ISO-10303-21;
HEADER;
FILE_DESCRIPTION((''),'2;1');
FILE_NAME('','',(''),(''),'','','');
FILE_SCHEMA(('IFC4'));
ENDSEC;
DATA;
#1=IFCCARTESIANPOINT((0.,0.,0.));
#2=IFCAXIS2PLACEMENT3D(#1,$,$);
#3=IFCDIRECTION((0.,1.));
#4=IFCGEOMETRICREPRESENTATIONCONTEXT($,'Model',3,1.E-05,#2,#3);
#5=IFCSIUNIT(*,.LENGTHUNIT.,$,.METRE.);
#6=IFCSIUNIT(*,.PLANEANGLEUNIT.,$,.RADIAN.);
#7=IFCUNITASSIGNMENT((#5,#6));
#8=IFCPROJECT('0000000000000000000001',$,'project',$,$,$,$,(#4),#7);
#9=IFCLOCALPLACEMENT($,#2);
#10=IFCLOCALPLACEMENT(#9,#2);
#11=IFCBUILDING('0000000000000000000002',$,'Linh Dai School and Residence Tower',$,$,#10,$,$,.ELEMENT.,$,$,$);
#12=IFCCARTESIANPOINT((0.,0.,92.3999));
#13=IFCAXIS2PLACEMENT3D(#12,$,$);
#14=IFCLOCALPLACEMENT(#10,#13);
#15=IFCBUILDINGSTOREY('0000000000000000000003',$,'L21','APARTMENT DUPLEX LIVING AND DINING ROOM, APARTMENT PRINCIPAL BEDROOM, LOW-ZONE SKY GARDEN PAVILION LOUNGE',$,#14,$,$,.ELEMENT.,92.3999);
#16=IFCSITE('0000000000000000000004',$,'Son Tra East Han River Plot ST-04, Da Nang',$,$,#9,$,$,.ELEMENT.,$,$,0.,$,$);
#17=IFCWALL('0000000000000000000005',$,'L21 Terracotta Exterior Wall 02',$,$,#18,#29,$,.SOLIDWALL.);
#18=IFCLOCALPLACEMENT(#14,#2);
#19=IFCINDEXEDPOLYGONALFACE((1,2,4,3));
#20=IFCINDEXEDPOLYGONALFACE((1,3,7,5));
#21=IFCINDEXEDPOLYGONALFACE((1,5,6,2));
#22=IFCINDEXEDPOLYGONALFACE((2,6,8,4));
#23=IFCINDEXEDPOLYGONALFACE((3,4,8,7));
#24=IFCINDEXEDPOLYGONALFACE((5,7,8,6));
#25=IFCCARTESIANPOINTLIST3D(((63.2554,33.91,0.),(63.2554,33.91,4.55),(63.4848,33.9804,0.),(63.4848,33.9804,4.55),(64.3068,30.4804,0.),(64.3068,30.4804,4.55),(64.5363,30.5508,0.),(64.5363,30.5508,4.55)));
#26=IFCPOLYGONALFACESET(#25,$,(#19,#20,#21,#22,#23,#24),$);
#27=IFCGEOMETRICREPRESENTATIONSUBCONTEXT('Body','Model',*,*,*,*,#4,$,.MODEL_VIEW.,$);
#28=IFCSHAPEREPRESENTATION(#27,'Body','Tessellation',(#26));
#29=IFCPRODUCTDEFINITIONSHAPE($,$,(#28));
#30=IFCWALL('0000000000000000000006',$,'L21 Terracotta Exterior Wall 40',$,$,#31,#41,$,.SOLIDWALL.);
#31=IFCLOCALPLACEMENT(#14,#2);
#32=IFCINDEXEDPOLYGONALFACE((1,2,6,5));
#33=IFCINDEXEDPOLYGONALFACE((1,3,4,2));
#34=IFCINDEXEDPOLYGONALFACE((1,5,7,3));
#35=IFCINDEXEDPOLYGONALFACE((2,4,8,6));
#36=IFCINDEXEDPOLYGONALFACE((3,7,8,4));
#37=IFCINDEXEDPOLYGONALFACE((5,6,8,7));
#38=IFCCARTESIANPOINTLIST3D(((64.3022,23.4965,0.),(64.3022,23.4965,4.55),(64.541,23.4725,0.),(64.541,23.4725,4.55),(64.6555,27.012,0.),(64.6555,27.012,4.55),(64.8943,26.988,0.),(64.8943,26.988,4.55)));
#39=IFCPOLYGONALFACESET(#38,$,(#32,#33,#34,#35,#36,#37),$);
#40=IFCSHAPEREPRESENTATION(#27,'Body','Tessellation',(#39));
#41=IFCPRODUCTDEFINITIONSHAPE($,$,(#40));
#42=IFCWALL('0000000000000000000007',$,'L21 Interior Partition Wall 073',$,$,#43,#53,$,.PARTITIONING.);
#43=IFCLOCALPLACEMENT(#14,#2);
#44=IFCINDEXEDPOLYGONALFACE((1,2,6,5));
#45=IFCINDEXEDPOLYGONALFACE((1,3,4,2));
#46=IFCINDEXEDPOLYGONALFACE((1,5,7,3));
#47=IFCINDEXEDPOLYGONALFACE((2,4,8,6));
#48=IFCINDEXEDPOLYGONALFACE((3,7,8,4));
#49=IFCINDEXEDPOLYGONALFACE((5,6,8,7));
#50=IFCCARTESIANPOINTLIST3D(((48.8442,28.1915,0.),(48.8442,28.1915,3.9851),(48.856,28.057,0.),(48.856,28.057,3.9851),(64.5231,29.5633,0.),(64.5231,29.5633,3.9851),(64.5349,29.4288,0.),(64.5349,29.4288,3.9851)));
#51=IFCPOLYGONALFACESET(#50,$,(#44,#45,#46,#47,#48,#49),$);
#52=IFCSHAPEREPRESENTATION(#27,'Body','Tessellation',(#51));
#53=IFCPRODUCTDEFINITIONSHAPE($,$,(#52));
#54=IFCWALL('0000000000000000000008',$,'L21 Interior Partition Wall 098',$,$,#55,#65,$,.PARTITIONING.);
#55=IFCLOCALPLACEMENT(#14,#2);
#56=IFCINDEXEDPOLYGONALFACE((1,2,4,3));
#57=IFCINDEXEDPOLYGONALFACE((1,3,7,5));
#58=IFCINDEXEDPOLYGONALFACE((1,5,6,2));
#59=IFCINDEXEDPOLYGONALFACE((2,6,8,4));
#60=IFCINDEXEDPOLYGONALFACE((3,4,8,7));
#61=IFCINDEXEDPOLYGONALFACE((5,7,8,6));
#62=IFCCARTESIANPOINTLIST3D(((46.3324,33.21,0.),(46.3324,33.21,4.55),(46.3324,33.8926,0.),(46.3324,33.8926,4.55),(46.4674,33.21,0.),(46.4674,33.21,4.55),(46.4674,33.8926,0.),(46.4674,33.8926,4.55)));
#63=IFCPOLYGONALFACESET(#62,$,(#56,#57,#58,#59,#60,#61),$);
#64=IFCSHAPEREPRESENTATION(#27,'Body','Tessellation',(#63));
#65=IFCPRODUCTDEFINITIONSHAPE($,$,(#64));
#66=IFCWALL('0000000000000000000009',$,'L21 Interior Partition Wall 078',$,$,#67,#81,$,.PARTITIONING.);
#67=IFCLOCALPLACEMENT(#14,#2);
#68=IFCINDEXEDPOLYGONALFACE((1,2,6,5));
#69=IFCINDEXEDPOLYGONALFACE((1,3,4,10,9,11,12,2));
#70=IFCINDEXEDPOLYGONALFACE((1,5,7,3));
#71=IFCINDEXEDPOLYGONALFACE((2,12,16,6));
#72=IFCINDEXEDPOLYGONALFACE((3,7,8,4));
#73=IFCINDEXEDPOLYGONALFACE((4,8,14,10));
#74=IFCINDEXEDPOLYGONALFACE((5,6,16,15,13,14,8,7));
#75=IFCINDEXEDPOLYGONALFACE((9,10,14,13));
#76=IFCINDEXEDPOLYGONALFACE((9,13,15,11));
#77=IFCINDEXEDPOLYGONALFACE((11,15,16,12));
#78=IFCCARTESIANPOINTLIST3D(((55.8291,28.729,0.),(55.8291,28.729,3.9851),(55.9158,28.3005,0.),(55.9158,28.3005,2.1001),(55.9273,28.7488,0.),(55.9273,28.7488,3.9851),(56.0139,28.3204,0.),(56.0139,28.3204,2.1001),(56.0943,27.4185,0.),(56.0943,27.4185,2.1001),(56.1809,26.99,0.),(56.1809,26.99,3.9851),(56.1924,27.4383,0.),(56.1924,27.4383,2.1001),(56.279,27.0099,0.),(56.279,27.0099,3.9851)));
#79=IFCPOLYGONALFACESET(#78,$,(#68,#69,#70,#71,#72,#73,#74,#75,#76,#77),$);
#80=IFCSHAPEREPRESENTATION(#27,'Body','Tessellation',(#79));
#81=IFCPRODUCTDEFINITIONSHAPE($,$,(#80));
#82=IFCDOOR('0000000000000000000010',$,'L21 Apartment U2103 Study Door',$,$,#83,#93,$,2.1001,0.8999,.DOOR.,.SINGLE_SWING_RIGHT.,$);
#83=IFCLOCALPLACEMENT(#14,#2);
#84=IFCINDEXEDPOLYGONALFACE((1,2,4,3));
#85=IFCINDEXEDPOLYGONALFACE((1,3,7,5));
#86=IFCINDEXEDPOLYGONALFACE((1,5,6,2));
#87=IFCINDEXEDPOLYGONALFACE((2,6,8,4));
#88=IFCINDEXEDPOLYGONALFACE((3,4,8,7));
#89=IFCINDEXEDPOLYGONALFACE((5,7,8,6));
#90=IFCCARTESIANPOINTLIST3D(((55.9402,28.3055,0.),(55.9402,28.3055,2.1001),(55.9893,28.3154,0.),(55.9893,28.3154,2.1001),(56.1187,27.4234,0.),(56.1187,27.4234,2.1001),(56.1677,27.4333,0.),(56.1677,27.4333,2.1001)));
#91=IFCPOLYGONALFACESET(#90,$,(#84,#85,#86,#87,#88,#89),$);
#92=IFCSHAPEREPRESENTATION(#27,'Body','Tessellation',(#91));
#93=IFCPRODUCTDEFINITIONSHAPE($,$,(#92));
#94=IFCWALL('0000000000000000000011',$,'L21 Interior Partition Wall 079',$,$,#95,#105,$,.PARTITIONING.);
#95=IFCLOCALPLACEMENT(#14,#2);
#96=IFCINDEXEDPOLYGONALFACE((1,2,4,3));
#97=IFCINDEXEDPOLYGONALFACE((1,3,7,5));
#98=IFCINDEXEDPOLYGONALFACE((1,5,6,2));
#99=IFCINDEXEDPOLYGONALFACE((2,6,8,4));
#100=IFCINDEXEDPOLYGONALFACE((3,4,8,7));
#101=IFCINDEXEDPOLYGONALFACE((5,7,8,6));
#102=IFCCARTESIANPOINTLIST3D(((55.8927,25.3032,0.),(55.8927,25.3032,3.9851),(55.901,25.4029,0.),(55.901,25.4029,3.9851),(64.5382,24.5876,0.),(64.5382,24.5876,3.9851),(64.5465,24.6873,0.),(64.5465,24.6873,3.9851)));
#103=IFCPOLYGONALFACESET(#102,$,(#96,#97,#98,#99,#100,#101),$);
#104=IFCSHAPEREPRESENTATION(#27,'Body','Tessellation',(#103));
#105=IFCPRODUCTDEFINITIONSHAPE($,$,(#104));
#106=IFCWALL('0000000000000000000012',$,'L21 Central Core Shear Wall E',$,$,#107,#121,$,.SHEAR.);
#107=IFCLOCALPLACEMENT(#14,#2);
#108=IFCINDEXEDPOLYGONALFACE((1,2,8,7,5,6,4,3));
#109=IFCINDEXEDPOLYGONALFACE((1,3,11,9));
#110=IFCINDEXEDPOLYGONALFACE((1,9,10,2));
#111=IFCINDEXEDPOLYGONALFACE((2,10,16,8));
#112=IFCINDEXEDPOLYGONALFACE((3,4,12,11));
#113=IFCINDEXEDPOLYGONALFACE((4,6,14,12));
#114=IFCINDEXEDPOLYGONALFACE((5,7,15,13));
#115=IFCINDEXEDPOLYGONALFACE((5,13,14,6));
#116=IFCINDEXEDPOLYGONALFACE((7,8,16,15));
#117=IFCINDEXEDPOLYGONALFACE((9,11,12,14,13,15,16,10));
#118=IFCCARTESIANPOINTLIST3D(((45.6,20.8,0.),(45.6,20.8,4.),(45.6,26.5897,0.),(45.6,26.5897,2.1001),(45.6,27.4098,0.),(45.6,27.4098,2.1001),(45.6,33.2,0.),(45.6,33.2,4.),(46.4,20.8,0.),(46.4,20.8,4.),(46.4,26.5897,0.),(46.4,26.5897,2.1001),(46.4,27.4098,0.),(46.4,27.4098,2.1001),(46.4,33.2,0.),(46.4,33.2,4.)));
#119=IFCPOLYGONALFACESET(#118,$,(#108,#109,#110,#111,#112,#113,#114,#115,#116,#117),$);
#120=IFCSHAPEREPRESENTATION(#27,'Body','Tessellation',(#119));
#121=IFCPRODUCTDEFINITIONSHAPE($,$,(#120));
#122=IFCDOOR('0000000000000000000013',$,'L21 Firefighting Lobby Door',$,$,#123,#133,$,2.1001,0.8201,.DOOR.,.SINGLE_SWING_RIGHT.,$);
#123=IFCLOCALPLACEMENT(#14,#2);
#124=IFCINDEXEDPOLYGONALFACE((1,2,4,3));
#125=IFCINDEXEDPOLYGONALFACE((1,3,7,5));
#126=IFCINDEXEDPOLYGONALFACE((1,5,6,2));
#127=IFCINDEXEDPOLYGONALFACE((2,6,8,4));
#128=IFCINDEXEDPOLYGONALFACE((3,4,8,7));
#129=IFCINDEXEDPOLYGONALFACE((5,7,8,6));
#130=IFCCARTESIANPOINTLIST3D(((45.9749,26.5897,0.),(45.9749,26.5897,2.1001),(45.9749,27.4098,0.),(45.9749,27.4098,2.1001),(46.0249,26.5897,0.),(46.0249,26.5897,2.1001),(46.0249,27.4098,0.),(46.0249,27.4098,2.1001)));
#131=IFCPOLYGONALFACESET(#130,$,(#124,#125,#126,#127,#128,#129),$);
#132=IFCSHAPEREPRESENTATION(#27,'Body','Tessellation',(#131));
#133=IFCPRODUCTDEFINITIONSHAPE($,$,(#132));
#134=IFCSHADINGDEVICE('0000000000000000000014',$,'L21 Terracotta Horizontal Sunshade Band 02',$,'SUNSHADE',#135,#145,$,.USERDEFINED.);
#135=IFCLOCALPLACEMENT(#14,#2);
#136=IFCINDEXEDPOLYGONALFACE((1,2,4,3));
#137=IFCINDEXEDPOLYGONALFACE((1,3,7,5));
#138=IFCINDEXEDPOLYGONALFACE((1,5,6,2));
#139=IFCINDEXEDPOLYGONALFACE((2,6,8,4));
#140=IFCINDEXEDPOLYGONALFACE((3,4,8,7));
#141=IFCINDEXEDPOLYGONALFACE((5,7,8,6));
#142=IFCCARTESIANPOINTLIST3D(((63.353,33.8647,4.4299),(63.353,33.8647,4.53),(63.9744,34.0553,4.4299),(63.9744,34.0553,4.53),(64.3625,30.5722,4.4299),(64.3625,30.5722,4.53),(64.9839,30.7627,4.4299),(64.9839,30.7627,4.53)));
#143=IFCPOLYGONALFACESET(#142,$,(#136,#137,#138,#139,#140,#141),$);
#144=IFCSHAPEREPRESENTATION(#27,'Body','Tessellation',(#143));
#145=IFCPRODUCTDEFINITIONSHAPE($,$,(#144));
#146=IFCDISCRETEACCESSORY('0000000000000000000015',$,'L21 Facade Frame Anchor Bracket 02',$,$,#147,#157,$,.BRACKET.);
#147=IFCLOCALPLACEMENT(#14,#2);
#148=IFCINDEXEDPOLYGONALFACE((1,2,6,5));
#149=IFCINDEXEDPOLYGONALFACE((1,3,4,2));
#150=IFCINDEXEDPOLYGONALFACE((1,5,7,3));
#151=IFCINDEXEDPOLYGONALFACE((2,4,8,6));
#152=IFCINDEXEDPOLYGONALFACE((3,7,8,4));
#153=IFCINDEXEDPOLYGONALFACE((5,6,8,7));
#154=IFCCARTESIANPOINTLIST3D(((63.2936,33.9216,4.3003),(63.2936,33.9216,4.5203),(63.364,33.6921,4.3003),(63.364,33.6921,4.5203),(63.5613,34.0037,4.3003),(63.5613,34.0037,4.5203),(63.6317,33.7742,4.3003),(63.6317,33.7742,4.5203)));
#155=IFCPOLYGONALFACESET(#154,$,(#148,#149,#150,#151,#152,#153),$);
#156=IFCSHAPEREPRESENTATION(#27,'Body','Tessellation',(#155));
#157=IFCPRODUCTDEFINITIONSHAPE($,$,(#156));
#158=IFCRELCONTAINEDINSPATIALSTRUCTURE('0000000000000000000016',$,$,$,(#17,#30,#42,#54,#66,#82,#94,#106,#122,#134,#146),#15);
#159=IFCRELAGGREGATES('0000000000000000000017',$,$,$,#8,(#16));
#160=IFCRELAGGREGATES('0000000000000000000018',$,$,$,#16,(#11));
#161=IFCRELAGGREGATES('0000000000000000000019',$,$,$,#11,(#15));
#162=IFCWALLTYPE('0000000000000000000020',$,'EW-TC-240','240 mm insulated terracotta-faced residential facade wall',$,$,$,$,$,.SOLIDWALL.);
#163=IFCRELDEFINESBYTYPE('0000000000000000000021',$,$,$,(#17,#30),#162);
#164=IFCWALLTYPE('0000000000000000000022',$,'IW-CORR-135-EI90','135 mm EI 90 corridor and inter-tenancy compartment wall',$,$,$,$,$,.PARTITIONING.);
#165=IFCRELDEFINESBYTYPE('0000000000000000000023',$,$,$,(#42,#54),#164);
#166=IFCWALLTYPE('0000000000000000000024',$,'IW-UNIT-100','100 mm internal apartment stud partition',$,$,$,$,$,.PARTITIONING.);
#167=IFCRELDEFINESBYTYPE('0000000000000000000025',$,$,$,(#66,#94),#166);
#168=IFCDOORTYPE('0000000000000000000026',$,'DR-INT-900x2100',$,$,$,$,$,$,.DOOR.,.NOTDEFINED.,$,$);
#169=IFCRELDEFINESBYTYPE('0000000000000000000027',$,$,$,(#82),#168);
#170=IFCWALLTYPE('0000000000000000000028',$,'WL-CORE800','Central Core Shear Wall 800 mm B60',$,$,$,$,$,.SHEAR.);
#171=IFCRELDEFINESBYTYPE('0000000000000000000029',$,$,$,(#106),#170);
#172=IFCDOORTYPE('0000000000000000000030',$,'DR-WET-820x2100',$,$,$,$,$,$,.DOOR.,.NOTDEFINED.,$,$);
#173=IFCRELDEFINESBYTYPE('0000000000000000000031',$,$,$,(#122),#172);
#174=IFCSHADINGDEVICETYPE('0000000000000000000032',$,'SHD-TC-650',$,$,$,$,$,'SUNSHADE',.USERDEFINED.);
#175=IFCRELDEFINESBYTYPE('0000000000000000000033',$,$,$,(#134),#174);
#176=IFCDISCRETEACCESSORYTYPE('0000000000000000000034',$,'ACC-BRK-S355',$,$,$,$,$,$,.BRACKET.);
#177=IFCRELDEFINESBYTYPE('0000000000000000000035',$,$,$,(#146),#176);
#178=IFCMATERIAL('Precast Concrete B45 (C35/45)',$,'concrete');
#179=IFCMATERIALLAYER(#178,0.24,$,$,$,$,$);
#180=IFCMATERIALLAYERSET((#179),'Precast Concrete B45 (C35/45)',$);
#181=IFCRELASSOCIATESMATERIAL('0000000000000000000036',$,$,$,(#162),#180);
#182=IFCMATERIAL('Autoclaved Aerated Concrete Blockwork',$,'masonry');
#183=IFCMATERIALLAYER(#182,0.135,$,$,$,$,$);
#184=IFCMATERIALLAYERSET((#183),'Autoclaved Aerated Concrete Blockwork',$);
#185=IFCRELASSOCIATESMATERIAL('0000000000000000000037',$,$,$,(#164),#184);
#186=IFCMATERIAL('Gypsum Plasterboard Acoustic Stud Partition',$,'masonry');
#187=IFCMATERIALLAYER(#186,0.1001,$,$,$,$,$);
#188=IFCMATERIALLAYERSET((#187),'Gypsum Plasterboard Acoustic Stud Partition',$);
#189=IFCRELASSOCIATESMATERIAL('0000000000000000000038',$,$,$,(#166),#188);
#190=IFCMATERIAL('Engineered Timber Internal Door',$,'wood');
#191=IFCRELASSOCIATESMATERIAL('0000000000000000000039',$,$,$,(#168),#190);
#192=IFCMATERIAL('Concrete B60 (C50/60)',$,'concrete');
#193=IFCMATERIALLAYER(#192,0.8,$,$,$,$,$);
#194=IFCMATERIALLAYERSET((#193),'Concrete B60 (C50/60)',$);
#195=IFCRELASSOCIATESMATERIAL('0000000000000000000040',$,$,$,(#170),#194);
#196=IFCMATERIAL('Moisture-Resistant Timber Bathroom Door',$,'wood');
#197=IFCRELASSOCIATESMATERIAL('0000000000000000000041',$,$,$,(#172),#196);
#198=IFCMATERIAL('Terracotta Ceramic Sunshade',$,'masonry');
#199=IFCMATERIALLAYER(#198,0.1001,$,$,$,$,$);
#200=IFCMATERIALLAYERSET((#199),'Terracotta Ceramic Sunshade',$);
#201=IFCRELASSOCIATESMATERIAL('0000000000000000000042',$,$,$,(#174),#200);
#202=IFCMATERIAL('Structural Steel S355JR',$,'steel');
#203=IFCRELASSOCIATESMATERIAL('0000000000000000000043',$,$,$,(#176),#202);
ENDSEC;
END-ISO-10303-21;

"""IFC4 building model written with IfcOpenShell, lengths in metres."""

from ifc_helpers import new_model, si_unit, direction, frame, frame_2d, origin, origin_2d, place, context, subcontext, project, spatial, rectangle, extrude, source, transform, mapped, material, layer, layer_set, type_object, element, fill, save


model = new_model("IFC4")

# Units and contexts
model_context = context("Model", 3, precision=1e-05, world=origin(), true_north=direction((0.0, 1.0)))
body_context = subcontext(model_context, "Body", "Model", "MODEL_VIEW")
ifc_project = project(units=[si_unit("LENGTHUNIT", "METRE"), si_unit("PLANEANGLEUNIT", "RADIAN")], contexts=[model_context])

# Site, building, storey
site_placement = place(None, origin())
site = spatial("IfcSite", under=ifc_project, at=site_placement, Name="Son Tra East Han River Plot ST-04, Da Nang", CompositionType="ELEMENT", RefElevation=0.0)
building_placement = place(site_placement, origin())
building = spatial("IfcBuilding", under=site, at=building_placement, Name="Linh Dai School and Residence Tower", CompositionType="ELEMENT")
storey_placement = place(building_placement, frame((0.0, 0.0, 92.3999)))
storey = spatial("IfcBuildingStorey", under=building, at=storey_placement, Name="L21", Description="APARTMENT DUPLEX LIVING AND DINING ROOM, APARTMENT PRINCIPAL BEDROOM, LOW-ZONE SKY GARDEN PAVILION LOUNGE", CompositionType="ELEMENT", Elevation=92.3999)

# Shared definitions
ifc_material_1 = material(Name="Concrete B60 (C50/60)", Category="concrete")
ifc_material_2 = material(Name="Structural Steel S355JR", Category="steel")

# Walls
ifc_material_3 = material(Name="Precast Concrete B45 (C35/45)", Category="concrete")
ifc_layer_1 = layer(ifc_material_3, 0.24)
ifc_layer_set_1 = layer_set([ifc_layer_1], Name="Precast Concrete B45 (C35/45)")
wall_type_1 = type_object("IfcWallType", Name="EW-TC-240", Description="240 mm insulated terracotta-faced residential facade wall", PredefinedType="SOLIDWALL", material=ifc_layer_set_1)
wall_1_placement = place(storey_placement, frame((63.3701, 33.9451, 0.0), z_axis=(0.0, 0.0, 1.0), x_axis=(0.293124, -0.956074, 0.0)))
element("IfcWall", 1, at=wall_1_placement, inside=storey, type_object=wall_type_1, Name="L21 Terracotta Exterior Wall 02", PredefinedType="SOLIDWALL", context=body_context, shape_type="SweptSolid", body=[
    extrude(rectangle(XDim=3.5872, YDim=0.24, at=frame_2d((1.7935, 0.0))), origin(), (0.0, 0.0, 1.0), 4.55),
])
wall_2_placement = place(storey_placement, frame((64.7749, 27.0, 0.0), z_axis=(0.0, 0.0, 1.0), x_axis=(-0.099989, -0.994988, 0.0)))
element("IfcWall", 2, at=wall_2_placement, inside=storey, type_object=wall_type_1, Name="L21 Terracotta Exterior Wall 40", PredefinedType="SOLIDWALL", context=body_context, shape_type="SweptSolid", body=[
    extrude(rectangle(XDim=3.5332, YDim=0.24, at=frame_2d((1.7666, 0.0))), origin(), (0.0, 0.0, 1.0), 4.55),
])
ifc_material_4 = material(Name="Autoclaved Aerated Concrete Blockwork", Category="masonry")
ifc_layer_2 = layer(ifc_material_4, 0.135)
ifc_layer_set_2 = layer_set([ifc_layer_2], Name="Autoclaved Aerated Concrete Blockwork")
wall_type_2 = type_object("IfcWallType", Name="IW-CORR-135-EI90", Description="135 mm EI 90 corridor and inter-tenancy compartment wall", PredefinedType="PARTITIONING", material=ifc_layer_set_2)
wall_3_placement = place(storey_placement, frame((48.8501, 28.1243, 0.0), z_axis=(0.0, 0.0, 1.0), x_axis=(0.996194, 0.087162, 0.0)))
element("IfcWall", 3, at=wall_3_placement, inside=storey, type_object=wall_type_2, Name="L21 Interior Partition Wall 073", PredefinedType="PARTITIONING", context=body_context, shape_type="SweptSolid", body=[
    extrude(rectangle(XDim=15.7388, YDim=0.135, at=frame_2d((7.8694, 0.0))), origin(), (0.0, 0.0, 1.0), 3.9851),
])
wall_4_placement = place(storey_placement, frame((46.3999, 33.21, 0.0), z_axis=(0.0, 0.0, 1.0), x_axis=(0.0, 1.0, 0.0)))
element("IfcWall", 4, at=wall_4_placement, inside=storey, type_object=wall_type_2, Name="L21 Interior Partition Wall 098", PredefinedType="PARTITIONING", context=body_context, shape_type="SweptSolid", body=[
    extrude(rectangle(XDim=0.6826, YDim=0.135, at=frame_2d((0.3413, 0.0))), origin(), (0.0, 0.0, 1.0), 4.55),
])

# Wall, opening, door
ifc_material_5 = material(Name="Gypsum Plasterboard Acoustic Stud Partition", Category="masonry")
ifc_layer_3 = layer(ifc_material_5, 0.1001)
ifc_layer_set_3 = layer_set([ifc_layer_3], Name="Gypsum Plasterboard Acoustic Stud Partition")
wall_type_3 = type_object("IfcWallType", Name="IW-UNIT-100", Description="100 mm internal apartment stud partition", PredefinedType="PARTITIONING", material=ifc_layer_set_3)
wall_5_placement = place(storey_placement, frame((55.8782, 28.739, 0.0), z_axis=(0.0, 0.0, 1.0), x_axis=(0.198286, -0.980144, 0.0)))
wall_5 = element("IfcWall", 5, at=wall_5_placement, inside=storey, type_object=wall_type_3, Name="L21 Interior Partition Wall 078", PredefinedType="PARTITIONING", context=body_context, shape_type="SweptSolid", body=[
    extrude(rectangle(XDim=1.7742, YDim=0.1001, at=frame_2d((0.8872, 0.0))), origin(), (0.0, 0.0, 1.0), 3.9851),
])
opening_1_placement = place(wall_5_placement, frame((0.4373, 0.0, 0.0)))
opening_1 = element("IfcOpeningElement", 6, at=opening_1_placement, cuts=wall_5, PredefinedType="OPENING", context=body_context, shape_type="SweptSolid", body=[
    extrude(rectangle(XDim=0.8999, YDim=2.1001, at=origin_2d()), frame((0.45, 0.0601, 1.05), z_axis=(0.0, -1.0, 0.0), x_axis=(1.0, 0.0, 0.0)), (0.0, 0.0, 1.0), 0.1201),
])
ifc_material_6 = material(Name="Engineered Timber Internal Door", Category="wood")
door_type_1 = type_object("IfcDoorType", Name="DR-INT-900x2100", OperationType="NOTDEFINED", PredefinedType="DOOR", material=ifc_material_6)
shared_shape_1 = source(origin(), body_context, "Body", "SweptSolid", [
    extrude(rectangle(XDim=0.8999, YDim=2.1001, at=origin_2d()), frame((0.45, 0.0249, 1.05), z_axis=(0.0, -1.0, 0.0), x_axis=(1.0, 0.0, 0.0)), (0.0, 0.0, 1.0), 0.05),
])
door_1_placement = place(opening_1_placement, origin())
door_1 = element("IfcDoor", 7, at=door_1_placement, inside=storey, type_object=door_type_1, Name="L21 Apartment U2103 Study Door", OperationType="SINGLE_SWING_RIGHT", OverallHeight=2.1001, OverallWidth=0.8999, PredefinedType="DOOR", context=body_context, shape_type="MappedRepresentation", body=[
    mapped(shared_shape_1, transform((0.0, 0.0, 0.0), x_axis=(1.0, 0.0, 0.0), y_axis=(0.0, 1.0, 0.0), z_axis=(0.0, 0.0, 1.0), scale=1.0)),
])
fill(opening_1, door_1)

# Wall
wall_6_placement = place(storey_placement, frame((55.897, 25.353, 0.0), z_axis=(0.0, 0.0, 1.0), x_axis=(0.996592, -0.082486, 0.0)))
element("IfcWall", 8, at=wall_6_placement, inside=storey, type_object=wall_type_3, Name="L21 Interior Partition Wall 079", PredefinedType="PARTITIONING", context=body_context, shape_type="SweptSolid", body=[
    extrude(rectangle(XDim=8.675, YDim=0.1001, at=frame_2d((4.3374, 0.0))), origin(), (0.0, 0.0, 1.0), 3.9851),
])

# Wall, opening, door
ifc_layer_4 = layer(ifc_material_1, 0.8)
ifc_layer_set_4 = layer_set([ifc_layer_4], Name="Concrete B60 (C50/60)")
wall_type_4 = type_object("IfcWallType", Name="WL-CORE800", Description="Central Core Shear Wall 800 mm B60", PredefinedType="SHEAR", material=ifc_layer_set_4)
wall_7_placement = place(storey_placement, frame((46.0, 33.2, 0.0), z_axis=(0.0, 0.0, 1.0), x_axis=(0.0, -1.0, 0.0)))
wall_7 = element("IfcWall", 9, at=wall_7_placement, inside=storey, type_object=wall_type_4, Name="L21 Central Core Shear Wall E", PredefinedType="SHEAR", context=body_context, shape_type="SweptSolid", body=[
    extrude(rectangle(XDim=12.3999, YDim=0.8, at=frame_2d((6.2, 0.0))), origin(), (0.0, 0.0, 1.0), 4.0),
])
opening_2_placement = place(wall_7_placement, frame((5.79, 0.0, 0.0)))
opening_2 = element("IfcOpeningElement", 10, at=opening_2_placement, cuts=wall_7, PredefinedType="OPENING", context=body_context, shape_type="SweptSolid", body=[
    extrude(rectangle(XDim=0.8201, YDim=2.1001, at=origin_2d()), frame((0.4102, 0.4102, 1.05), z_axis=(0.0, -1.0, 0.0), x_axis=(1.0, 0.0, 0.0)), (0.0, 0.0, 1.0), 0.8201),
])
ifc_material_7 = material(Name="Moisture-Resistant Timber Bathroom Door", Category="wood")
door_type_2 = type_object("IfcDoorType", Name="DR-WET-820x2100", OperationType="NOTDEFINED", PredefinedType="DOOR", material=ifc_material_7)
shared_shape_2 = source(origin(), body_context, "Body", "SweptSolid", [
    extrude(rectangle(XDim=0.8201, YDim=2.1001, at=origin_2d()), frame((0.4102, 0.0249, 1.05), z_axis=(0.0, -1.0, 0.0), x_axis=(1.0, 0.0, 0.0)), (0.0, 0.0, 1.0), 0.05),
])
door_2_placement = place(opening_2_placement, origin())
door_2 = element("IfcDoor", 11, at=door_2_placement, inside=storey, type_object=door_type_2, Name="L21 Firefighting Lobby Door", OperationType="SINGLE_SWING_RIGHT", OverallHeight=2.1001, OverallWidth=0.8201, PredefinedType="DOOR", context=body_context, shape_type="MappedRepresentation", body=[
    mapped(shared_shape_2, transform((0.0, 0.0, 0.0), x_axis=(1.0, 0.0, 0.0), y_axis=(0.0, 1.0, 0.0), z_axis=(0.0, 0.0, 1.0), scale=1.0)),
])
fill(opening_2, door_2)

# Shading device
ifc_material_8 = material(Name="Terracotta Ceramic Sunshade", Category="masonry")
ifc_layer_5 = layer(ifc_material_8, 0.1001)
ifc_layer_set_5 = layer_set([ifc_layer_5], Name="Terracotta Ceramic Sunshade")
shading_device_type = type_object("IfcShadingDeviceType", Name="SHD-TC-650", ElementType="SUNSHADE", PredefinedType="USERDEFINED", material=ifc_layer_set_5)
shared_shape_3 = source(origin(), body_context, "Body", "SweptSolid", [
    extrude(rectangle(XDim=3.4438, YDim=0.6499, at=origin_2d()), origin(), (0.0, 0.0, 1.0), 0.1001),
])
shading_device_placement = place(storey_placement, frame((64.1685, 32.3137, 4.4299), z_axis=(0.0, 0.0, 1.0), x_axis=(0.293134, -0.956072, 0.0)))
element("IfcShadingDevice", 12, at=shading_device_placement, inside=storey, type_object=shading_device_type, Name="L21 Terracotta Horizontal Sunshade Band 02", ObjectType="SUNSHADE", PredefinedType="USERDEFINED", context=body_context, shape_type="MappedRepresentation", body=[
    mapped(shared_shape_3, transform((0.0, 0.0, 0.0), x_axis=(1.0, 0.0, 0.0), y_axis=(0.0, 1.0, 0.0), z_axis=(0.0, 0.0, 1.0), scale=1.0)),
])

# Discrete accessory
discrete_accessory_type = type_object("IfcDiscreteAccessoryType", Name="ACC-BRK-S355", PredefinedType="BRACKET", material=ifc_material_2)
shared_shape_4 = source(origin(), body_context, "Body", "SweptSolid", [
    extrude(rectangle(XDim=0.28, YDim=0.24, at=origin_2d()), origin(), (0.0, 0.0, 1.0), 0.22),
])
discrete_accessory_placement = place(storey_placement, frame((63.4626, 33.8479, 4.3003), z_axis=(0.0, 0.0, 1.0), x_axis=(0.956072, 0.293134, 0.0)))
element("IfcDiscreteAccessory", 13, at=discrete_accessory_placement, inside=storey, type_object=discrete_accessory_type, Name="L21 Facade Frame Anchor Bracket 02", PredefinedType="BRACKET", context=body_context, shape_type="MappedRepresentation", body=[
    mapped(shared_shape_4, transform((0.0, 0.0, 0.0), x_axis=(1.0, 0.0, 0.0), y_axis=(0.0, 1.0, 0.0), z_axis=(0.0, 0.0, 1.0), scale=1.0)),
])

save(model, "model.ifc")
